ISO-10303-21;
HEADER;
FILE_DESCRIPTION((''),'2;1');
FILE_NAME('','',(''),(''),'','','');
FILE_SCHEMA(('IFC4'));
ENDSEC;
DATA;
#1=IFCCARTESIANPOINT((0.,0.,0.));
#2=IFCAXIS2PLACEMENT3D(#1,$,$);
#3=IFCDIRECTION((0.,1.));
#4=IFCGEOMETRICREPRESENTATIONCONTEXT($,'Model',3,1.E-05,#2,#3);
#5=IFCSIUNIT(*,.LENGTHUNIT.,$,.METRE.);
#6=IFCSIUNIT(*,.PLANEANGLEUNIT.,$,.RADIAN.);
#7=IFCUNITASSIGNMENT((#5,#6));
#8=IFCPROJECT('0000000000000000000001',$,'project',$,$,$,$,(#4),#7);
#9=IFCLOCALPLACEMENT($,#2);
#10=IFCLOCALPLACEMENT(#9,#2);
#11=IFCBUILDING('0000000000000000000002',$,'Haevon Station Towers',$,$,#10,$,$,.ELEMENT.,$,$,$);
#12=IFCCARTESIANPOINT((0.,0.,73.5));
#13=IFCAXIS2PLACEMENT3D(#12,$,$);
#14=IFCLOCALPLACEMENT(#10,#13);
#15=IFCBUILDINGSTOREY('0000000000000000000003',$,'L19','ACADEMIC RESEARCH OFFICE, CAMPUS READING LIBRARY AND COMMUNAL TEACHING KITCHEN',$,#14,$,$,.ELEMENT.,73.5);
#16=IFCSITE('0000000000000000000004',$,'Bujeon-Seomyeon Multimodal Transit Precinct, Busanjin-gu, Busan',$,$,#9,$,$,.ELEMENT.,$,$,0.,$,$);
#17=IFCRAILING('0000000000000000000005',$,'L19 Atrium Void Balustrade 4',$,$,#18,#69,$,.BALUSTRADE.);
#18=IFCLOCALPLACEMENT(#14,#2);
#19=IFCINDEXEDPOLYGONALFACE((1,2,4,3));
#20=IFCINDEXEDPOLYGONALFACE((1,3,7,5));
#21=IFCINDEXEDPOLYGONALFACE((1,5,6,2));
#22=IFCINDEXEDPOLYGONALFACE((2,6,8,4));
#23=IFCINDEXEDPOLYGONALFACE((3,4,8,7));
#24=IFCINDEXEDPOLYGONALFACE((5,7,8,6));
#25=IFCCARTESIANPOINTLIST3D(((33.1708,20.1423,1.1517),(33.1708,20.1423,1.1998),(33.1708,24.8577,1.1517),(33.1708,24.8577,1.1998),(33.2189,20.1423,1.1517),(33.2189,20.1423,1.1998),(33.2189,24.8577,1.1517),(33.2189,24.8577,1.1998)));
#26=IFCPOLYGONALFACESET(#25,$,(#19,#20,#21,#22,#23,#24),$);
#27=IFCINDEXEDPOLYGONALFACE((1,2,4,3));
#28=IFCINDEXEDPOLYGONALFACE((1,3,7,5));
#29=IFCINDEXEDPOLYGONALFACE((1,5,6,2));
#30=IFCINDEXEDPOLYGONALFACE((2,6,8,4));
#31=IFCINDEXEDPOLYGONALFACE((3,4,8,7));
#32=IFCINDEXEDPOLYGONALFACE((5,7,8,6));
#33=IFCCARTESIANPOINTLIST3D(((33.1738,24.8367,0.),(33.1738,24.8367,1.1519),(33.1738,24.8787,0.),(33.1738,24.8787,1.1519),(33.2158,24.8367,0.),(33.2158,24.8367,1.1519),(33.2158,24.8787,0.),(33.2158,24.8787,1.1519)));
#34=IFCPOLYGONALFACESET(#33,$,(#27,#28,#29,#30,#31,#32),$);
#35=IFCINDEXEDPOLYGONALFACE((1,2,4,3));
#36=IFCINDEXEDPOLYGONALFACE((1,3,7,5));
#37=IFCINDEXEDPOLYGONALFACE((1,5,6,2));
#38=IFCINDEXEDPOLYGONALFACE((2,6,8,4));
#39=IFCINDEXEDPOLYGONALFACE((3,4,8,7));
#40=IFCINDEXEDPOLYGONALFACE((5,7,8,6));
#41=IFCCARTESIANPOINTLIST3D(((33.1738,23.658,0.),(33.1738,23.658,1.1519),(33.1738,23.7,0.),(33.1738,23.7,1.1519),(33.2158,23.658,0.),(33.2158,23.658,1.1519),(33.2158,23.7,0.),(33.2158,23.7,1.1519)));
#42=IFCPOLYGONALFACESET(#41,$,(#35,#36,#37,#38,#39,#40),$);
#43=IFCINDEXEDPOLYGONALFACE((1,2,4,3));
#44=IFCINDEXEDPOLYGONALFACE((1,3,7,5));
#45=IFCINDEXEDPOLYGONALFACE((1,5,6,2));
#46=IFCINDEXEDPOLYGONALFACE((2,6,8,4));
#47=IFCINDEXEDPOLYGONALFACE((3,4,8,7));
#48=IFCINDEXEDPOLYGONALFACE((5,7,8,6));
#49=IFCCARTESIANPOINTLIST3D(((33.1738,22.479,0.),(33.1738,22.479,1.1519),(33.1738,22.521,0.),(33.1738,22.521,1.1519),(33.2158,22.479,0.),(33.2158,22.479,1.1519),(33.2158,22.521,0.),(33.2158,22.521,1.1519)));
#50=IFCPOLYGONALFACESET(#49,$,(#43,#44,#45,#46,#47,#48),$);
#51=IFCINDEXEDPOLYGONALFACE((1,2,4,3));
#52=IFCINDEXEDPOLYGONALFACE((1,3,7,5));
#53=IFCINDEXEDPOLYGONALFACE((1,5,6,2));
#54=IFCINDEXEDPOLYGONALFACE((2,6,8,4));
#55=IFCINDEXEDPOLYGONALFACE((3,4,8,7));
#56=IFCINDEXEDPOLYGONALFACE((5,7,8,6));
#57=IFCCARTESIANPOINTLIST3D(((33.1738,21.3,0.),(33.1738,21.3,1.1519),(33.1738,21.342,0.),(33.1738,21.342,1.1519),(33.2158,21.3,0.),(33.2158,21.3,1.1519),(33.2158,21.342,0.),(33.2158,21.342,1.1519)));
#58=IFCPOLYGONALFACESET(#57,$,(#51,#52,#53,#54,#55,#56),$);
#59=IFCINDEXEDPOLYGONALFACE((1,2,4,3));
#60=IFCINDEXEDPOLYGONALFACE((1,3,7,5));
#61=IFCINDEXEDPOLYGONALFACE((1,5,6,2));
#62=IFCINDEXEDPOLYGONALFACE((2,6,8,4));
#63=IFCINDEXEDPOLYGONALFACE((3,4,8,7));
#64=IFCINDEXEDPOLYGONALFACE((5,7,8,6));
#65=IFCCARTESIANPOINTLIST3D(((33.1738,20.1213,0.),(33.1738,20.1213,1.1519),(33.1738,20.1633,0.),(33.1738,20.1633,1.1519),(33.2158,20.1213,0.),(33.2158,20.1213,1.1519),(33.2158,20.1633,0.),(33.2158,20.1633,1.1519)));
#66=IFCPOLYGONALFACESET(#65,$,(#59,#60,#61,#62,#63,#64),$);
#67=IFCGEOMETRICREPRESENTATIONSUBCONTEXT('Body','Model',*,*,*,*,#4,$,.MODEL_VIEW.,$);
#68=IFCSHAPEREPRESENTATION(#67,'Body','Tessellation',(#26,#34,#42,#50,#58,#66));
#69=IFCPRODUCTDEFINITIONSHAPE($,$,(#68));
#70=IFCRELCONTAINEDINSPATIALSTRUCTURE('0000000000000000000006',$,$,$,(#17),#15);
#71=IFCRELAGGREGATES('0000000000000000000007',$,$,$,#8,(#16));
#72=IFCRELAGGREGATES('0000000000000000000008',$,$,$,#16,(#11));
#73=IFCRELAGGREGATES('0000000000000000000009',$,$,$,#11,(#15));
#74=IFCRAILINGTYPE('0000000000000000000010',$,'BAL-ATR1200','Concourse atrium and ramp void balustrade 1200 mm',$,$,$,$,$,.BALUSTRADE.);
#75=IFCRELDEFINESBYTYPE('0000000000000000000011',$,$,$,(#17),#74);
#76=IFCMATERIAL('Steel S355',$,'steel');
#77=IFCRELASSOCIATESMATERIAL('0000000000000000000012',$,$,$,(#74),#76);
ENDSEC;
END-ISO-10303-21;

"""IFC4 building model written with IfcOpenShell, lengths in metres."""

from ifc_helpers import new_model, si_unit, direction, frame, origin, origin_2d, place, context, subcontext, project, spatial, rectangle, extrude, material, type_object, element, save


model = new_model("IFC4")

# Units and contexts
model_context = context("Model", 3, precision=1e-05, world=origin(), true_north=direction((0.0, 1.0)))
body_context = subcontext(model_context, "Body", "Model", "MODEL_VIEW")
ifc_project = project(units=[si_unit("LENGTHUNIT", "METRE"), si_unit("PLANEANGLEUNIT", "RADIAN")], contexts=[model_context])

# Site, building, storey
site_placement = place(None, origin())
site = spatial("IfcSite", under=ifc_project, at=site_placement, Name="Bujeon-Seomyeon Multimodal Transit Precinct, Busanjin-gu, Busan", CompositionType="ELEMENT", RefElevation=0.0)
building_placement = place(site_placement, origin())
building = spatial("IfcBuilding", under=site, at=building_placement, Name="Haevon Station Towers", CompositionType="ELEMENT")
storey_placement = place(building_placement, frame((0.0, 0.0, 73.5)))
storey = spatial("IfcBuildingStorey", under=building, at=storey_placement, Name="L19", Description="ACADEMIC RESEARCH OFFICE, CAMPUS READING LIBRARY AND COMMUNAL TEACHING KITCHEN", CompositionType="ELEMENT", Elevation=73.5)

# Shared definitions
ifc_material_1 = material(Name="Steel S355", Category="steel")

# Railing
railing_type = type_object("IfcRailingType", Name="BAL-ATR1200", Description="Concourse atrium and ramp void balustrade 1200 mm", PredefinedType="BALUSTRADE", material=ifc_material_1)
railing_1_placement = place(storey_placement, frame((33.1948, 24.8577, 0.0)))
element("IfcRailing", 1, at=railing_1_placement, inside=storey, type_object=railing_type, Name="L19 Atrium Void Balustrade 4", PredefinedType="BALUSTRADE", context=body_context, shape_type="SweptSolid", body=[
    extrude(rectangle(XDim=0.0481, YDim=0.0481, at=origin_2d()), frame((0.0, 0.0, 1.1758), z_axis=(0.0, -1.0, 0.0), x_axis=(1.0, 0.0, 0.0)), (0.0, 0.0, 1.0), 4.7153),
    extrude(rectangle(XDim=0.042, YDim=0.042, at=origin_2d()), origin(), (0.0, 0.0, 1.0), 1.1519),
    extrude(rectangle(XDim=0.042, YDim=0.042, at=origin_2d()), frame((0.0, -1.1787, 0.0)), (0.0, 0.0, 1.0), 1.1519),
    extrude(rectangle(XDim=0.042, YDim=0.042, at=origin_2d()), frame((0.0, -2.3577, 0.0)), (0.0, 0.0, 1.0), 1.1519),
    extrude(rectangle(XDim=0.042, YDim=0.042, at=origin_2d()), frame((0.0, -3.5366, 0.0)), (0.0, 0.0, 1.0), 1.1519),
    extrude(rectangle(XDim=0.042, YDim=0.042, at=origin_2d()), frame((0.0, -4.7153, 0.0)), (0.0, 0.0, 1.0), 1.1519),
])

save(model, "model.ifc")
